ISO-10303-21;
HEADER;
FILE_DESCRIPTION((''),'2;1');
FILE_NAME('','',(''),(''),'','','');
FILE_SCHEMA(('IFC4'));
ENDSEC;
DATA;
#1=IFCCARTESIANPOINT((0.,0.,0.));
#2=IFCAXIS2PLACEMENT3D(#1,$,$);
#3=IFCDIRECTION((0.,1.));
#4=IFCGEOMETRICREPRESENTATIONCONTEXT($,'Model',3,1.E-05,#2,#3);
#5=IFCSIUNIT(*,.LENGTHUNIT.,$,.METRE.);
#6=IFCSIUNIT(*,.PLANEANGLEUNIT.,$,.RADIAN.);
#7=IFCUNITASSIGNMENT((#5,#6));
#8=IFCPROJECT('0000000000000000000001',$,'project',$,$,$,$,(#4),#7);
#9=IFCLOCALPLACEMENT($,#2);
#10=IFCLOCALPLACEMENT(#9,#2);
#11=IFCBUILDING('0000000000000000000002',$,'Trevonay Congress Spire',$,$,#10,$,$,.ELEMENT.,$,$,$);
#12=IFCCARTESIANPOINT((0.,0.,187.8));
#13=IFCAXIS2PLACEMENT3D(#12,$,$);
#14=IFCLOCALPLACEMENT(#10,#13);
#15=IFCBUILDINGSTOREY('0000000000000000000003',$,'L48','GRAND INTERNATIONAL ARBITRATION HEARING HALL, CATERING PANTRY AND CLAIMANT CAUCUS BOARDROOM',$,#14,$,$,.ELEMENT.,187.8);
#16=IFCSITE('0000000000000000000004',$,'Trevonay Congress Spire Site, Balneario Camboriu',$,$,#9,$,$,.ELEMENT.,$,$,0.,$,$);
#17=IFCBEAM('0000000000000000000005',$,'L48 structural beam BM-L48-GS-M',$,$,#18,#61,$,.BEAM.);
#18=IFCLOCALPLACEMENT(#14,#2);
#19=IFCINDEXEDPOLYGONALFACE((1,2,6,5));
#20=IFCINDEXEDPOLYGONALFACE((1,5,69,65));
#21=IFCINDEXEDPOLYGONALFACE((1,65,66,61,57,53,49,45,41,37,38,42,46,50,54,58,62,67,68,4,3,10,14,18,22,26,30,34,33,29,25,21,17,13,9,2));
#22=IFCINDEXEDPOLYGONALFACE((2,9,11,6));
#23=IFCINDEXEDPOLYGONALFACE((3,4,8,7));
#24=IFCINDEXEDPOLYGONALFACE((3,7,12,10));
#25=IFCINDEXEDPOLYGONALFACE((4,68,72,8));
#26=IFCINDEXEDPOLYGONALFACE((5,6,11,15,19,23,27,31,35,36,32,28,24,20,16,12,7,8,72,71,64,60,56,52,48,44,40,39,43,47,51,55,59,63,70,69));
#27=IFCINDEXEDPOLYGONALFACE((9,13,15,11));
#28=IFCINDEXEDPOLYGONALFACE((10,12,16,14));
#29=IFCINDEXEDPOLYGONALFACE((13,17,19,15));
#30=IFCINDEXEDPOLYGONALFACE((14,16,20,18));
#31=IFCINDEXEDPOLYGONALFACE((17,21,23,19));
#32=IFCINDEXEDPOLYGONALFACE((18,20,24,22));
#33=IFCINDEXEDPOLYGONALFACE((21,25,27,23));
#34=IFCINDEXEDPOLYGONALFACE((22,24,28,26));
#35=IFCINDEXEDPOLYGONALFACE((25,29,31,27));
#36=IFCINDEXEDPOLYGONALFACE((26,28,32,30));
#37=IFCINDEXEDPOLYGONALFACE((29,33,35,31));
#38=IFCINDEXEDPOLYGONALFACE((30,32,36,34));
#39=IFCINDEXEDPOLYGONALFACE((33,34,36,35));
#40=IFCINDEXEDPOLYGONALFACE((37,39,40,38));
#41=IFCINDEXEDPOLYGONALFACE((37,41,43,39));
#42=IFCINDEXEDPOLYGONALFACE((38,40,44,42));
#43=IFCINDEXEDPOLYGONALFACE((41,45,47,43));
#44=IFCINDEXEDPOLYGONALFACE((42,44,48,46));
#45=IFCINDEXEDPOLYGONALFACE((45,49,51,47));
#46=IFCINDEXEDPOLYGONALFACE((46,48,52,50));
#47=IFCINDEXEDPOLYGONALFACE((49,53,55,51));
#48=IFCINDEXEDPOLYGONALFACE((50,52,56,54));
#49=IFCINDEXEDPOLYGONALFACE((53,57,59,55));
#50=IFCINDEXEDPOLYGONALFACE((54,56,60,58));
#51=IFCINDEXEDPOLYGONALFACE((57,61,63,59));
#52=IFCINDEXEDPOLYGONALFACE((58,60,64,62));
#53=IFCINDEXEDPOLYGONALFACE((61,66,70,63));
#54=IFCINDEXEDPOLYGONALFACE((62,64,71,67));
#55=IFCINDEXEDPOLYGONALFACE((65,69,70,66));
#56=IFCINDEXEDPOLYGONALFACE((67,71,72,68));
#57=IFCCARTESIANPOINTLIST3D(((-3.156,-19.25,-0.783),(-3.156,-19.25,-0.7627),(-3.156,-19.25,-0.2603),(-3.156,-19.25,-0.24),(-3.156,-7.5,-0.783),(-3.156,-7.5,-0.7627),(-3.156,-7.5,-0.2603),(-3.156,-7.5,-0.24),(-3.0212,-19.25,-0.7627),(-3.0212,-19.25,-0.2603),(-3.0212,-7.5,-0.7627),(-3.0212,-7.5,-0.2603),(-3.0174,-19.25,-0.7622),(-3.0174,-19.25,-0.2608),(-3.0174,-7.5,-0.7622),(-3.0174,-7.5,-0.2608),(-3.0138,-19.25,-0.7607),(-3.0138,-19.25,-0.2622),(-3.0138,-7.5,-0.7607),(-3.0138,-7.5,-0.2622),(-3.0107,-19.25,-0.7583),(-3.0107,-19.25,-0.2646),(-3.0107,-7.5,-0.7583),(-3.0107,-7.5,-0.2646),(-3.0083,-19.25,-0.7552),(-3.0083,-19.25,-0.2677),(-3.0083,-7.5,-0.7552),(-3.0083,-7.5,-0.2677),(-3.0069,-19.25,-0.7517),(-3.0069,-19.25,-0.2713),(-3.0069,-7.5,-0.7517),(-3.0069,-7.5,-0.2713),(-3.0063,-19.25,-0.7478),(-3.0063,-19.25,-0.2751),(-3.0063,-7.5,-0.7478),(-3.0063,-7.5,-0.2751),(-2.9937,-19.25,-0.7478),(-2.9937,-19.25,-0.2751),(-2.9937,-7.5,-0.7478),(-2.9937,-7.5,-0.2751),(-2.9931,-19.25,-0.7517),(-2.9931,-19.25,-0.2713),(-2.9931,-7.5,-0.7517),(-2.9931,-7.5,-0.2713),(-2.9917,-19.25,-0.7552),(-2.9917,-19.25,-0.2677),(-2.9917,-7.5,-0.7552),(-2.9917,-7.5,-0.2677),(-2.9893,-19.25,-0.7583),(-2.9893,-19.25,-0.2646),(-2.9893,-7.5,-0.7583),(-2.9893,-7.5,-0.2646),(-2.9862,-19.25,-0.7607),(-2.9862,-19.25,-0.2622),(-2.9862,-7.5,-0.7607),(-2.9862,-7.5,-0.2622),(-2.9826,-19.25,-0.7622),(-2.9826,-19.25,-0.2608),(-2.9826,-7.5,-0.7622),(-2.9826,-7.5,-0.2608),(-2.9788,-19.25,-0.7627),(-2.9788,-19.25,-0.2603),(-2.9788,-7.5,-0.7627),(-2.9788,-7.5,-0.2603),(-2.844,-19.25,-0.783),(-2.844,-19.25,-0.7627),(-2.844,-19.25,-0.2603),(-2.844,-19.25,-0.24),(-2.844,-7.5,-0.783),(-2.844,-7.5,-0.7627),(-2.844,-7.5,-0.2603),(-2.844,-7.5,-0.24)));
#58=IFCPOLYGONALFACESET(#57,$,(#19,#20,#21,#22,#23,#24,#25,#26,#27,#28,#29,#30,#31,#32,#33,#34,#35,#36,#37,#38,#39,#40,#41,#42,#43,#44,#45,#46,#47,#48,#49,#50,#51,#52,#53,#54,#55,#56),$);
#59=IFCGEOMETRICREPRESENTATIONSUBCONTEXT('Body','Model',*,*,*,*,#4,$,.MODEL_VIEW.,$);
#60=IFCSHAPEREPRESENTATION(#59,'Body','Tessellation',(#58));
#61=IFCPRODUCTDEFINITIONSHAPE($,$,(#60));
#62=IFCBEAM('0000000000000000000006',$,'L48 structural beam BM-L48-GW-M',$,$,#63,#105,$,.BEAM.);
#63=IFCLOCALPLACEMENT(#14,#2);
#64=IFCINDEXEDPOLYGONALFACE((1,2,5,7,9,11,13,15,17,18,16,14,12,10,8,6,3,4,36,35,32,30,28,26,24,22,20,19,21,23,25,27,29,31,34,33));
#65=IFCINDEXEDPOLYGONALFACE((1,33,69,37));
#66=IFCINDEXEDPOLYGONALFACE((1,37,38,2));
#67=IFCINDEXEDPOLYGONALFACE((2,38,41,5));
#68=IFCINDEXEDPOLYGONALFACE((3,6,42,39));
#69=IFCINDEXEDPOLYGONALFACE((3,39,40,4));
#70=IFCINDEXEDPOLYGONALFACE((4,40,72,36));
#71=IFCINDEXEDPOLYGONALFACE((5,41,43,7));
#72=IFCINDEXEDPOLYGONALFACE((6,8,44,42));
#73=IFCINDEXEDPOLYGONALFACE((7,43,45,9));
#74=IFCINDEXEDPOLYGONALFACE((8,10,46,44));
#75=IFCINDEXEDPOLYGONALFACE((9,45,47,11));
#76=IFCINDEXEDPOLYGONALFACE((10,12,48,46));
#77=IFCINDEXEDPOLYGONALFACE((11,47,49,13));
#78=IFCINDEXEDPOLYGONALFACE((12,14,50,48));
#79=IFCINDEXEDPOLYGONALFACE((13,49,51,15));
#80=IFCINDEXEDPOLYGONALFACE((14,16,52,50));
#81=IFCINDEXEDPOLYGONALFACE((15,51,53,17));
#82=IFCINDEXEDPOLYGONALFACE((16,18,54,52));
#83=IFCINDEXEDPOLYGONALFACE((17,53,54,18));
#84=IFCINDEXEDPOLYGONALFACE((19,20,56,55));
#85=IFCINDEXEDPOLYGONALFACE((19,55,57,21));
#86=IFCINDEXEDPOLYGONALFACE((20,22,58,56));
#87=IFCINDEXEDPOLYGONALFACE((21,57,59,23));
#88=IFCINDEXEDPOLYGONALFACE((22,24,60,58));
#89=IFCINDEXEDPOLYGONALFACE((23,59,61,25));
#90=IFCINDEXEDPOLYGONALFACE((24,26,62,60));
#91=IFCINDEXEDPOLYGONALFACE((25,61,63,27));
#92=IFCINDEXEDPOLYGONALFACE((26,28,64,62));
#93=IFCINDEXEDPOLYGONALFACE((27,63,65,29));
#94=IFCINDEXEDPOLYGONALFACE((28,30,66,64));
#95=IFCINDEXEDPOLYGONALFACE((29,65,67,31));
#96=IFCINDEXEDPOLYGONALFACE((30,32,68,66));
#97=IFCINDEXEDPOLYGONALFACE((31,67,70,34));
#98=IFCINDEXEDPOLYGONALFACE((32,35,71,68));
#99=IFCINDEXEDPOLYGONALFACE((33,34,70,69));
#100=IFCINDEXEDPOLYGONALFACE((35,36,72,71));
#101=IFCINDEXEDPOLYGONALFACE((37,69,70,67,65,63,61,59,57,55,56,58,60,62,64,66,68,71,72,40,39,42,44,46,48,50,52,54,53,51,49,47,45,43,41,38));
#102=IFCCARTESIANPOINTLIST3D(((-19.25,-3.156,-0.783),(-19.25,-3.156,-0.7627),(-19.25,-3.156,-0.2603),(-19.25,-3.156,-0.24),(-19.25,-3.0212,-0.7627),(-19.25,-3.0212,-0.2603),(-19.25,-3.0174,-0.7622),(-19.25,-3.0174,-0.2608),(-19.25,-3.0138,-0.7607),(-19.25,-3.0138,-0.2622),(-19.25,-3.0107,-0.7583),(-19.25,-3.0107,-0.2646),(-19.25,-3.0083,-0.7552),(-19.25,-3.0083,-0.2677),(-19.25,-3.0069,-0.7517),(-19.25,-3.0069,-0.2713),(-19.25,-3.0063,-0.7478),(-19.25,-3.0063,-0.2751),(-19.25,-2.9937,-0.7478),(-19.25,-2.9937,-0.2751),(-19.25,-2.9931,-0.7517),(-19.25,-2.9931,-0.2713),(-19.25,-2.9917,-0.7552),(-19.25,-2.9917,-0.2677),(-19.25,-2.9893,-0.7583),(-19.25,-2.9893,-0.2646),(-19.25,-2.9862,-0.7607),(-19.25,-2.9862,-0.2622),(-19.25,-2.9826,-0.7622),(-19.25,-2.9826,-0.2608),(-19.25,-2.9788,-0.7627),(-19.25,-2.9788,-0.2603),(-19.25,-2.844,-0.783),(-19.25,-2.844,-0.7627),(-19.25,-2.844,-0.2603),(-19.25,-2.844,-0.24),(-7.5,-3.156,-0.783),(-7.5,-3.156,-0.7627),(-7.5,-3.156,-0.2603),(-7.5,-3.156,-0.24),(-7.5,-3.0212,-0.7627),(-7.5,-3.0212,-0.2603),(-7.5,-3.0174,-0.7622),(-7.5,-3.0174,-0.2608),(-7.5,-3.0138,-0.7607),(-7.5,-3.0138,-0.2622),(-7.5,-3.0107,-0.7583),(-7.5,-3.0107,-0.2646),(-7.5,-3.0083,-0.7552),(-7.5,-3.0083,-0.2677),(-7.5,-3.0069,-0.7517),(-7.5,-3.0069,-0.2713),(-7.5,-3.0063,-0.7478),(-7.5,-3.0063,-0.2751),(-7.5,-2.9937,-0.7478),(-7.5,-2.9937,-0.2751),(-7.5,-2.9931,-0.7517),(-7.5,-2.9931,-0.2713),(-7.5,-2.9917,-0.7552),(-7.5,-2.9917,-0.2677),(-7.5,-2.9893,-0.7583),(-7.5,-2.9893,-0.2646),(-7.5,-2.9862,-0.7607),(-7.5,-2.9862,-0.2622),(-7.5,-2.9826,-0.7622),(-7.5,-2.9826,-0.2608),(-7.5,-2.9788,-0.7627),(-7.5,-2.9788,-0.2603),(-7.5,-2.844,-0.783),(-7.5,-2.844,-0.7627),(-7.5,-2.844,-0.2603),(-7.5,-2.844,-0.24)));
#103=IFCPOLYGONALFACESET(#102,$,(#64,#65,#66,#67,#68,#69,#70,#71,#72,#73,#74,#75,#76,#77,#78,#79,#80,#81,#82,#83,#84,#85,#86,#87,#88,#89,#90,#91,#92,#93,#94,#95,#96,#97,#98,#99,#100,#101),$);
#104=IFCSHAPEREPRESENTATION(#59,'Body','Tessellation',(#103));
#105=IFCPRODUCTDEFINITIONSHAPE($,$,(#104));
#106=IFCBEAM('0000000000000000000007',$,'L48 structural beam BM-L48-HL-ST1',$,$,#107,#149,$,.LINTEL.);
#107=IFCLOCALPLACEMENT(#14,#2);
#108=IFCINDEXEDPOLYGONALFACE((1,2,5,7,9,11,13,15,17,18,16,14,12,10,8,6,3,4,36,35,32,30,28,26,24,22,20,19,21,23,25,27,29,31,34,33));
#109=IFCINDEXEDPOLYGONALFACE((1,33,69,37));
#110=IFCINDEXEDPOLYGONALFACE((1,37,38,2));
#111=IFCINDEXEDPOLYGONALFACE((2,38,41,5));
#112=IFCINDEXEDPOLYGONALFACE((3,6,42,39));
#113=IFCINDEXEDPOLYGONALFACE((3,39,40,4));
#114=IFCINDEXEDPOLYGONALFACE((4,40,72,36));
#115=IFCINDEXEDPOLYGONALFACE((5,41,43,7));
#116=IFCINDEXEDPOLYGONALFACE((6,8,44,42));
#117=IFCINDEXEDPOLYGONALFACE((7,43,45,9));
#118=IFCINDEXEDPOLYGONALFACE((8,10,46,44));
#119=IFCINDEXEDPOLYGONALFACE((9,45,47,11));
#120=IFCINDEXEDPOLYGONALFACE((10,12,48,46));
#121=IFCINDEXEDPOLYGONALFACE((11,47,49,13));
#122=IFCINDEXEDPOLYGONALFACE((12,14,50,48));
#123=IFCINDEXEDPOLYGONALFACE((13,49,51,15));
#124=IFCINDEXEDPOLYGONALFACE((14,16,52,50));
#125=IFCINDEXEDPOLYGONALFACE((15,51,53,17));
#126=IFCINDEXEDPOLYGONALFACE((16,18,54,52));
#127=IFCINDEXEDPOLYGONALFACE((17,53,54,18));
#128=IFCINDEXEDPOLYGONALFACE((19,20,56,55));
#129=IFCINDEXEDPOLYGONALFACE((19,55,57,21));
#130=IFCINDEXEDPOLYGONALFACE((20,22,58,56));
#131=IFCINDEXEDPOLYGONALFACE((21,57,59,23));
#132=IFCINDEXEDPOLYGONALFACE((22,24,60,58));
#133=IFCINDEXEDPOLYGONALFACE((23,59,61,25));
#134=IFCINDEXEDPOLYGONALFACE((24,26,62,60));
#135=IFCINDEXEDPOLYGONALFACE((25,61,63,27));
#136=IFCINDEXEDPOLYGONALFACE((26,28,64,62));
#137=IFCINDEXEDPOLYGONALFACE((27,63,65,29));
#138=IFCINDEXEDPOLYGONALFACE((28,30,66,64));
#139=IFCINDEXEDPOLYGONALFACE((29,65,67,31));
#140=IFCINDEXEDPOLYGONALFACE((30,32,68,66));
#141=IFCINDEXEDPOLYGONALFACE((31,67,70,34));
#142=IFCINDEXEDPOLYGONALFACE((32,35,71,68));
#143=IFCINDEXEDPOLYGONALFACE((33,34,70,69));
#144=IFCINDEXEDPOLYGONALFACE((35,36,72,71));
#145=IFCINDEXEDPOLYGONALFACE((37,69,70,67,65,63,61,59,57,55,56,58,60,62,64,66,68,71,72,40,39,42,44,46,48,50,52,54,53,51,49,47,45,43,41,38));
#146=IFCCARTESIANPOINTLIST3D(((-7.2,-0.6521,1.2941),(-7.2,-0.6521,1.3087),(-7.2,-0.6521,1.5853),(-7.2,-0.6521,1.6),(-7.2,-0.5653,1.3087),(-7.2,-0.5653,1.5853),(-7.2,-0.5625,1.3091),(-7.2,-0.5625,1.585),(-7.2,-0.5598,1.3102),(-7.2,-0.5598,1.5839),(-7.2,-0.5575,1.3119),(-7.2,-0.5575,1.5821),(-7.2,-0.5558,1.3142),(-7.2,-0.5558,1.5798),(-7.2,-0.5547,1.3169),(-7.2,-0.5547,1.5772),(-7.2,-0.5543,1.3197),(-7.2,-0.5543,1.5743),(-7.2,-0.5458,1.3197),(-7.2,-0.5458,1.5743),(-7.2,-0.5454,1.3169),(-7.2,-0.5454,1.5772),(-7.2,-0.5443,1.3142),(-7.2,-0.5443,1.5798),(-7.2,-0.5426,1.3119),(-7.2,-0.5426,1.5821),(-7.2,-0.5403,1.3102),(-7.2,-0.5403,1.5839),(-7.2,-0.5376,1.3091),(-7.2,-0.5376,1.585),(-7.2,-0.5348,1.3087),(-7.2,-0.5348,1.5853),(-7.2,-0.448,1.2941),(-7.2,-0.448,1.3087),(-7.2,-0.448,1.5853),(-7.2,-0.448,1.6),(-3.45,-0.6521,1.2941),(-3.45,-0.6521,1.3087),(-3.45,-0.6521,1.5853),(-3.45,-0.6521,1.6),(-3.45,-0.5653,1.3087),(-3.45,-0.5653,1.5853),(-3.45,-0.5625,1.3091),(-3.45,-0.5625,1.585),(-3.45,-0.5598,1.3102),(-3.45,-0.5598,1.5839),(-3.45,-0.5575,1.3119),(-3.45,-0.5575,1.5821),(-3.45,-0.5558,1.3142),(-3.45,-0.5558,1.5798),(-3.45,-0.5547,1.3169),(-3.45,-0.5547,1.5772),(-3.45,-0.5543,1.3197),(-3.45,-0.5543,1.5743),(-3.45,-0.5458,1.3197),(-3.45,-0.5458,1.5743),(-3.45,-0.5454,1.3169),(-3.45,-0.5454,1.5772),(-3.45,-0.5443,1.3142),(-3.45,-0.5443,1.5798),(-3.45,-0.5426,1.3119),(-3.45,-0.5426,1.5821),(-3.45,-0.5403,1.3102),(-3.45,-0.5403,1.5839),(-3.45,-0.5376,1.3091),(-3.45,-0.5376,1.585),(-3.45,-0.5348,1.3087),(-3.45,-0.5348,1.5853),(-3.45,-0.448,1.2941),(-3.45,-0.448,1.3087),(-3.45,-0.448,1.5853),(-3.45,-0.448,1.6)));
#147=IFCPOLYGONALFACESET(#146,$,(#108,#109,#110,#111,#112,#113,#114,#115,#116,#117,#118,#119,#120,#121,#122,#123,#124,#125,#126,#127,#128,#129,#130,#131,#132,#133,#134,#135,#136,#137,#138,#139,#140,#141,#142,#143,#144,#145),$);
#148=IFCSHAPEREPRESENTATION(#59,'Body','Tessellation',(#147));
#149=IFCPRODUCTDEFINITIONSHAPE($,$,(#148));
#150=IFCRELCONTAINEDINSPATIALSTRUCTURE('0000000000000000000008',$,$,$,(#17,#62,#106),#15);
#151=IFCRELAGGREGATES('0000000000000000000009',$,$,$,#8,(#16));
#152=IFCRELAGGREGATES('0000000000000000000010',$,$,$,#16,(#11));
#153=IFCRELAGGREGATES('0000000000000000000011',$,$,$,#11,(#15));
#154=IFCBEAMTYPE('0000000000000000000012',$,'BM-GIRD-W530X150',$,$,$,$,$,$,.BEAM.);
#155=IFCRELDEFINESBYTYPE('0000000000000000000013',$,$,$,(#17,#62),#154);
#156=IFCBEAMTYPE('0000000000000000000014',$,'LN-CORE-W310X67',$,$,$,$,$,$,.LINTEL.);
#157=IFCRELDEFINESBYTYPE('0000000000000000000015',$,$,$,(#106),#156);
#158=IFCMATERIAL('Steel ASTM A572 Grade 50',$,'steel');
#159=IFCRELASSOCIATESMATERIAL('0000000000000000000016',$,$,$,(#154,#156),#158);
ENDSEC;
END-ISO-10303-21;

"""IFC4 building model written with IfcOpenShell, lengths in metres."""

from ifc_helpers import new_model, si_unit, direction, frame, origin, origin_2d, place, context, subcontext, project, spatial, i_section, extrude, material, material_profile, profile_set, type_object, element, save


model = new_model("IFC4")

# Units and contexts
model_context = context("Model", 3, precision=1e-05, world=origin(), true_north=direction((0.0, 1.0)))
body_context = subcontext(model_context, "Body", "Model", "MODEL_VIEW")
ifc_project = project(units=[si_unit("LENGTHUNIT", "METRE"), si_unit("PLANEANGLEUNIT", "RADIAN")], contexts=[model_context])

# Site, building, storey
site_placement = place(None, origin())
site = spatial("IfcSite", under=ifc_project, at=site_placement, Name="Trevonay Congress Spire Site, Balneario Camboriu", CompositionType="ELEMENT", RefElevation=0.0)
building_placement = place(site_placement, origin())
building = spatial("IfcBuilding", under=site, at=building_placement, Name="Trevonay Congress Spire", CompositionType="ELEMENT")
storey_placement = place(building_placement, frame((0.0, 0.0, 187.8)))
storey = spatial("IfcBuildingStorey", under=building, at=storey_placement, Name="L48", Description="GRAND INTERNATIONAL ARBITRATION HEARING HALL, CATERING PANTRY AND CLAIMANT CAUCUS BOARDROOM", CompositionType="ELEMENT", Elevation=187.8)

# Shared definitions
ifc_material_1 = material(Name="Steel ASTM A572 Grade 50", Category="steel")

# Beams
ifc_material_profile_1 = material_profile(ifc_material_1, i_section(OverallWidth=0.312, OverallDepth=0.543, WebThickness=0.0127, FlangeThickness=0.0203, FilletRadius=0.0149, at=origin_2d()), Name="W530x150")
ifc_profile_set_1 = profile_set([ifc_material_profile_1], Name="Steel ASTM A572 Grade 50")
beam_type_1 = type_object("IfcBeamType", Name="BM-GIRD-W530X150", PredefinedType="BEAM", material=ifc_profile_set_1)
for number, where, z_axis, x_axis, name in (
    (1, (-3.0, -7.5, -0.5115), (0.0, -1.0, 0.0), (1.0, 0.0, 0.0), "L48 structural beam BM-L48-GS-M"),
    (2, (-7.5, -3.0, -0.5115), (-1.0, 0.0, 0.0), (0.0, -1.0, 0.0), "L48 structural beam BM-L48-GW-M"),
):
    element("IfcBeam", number, at=place(storey_placement, frame(where, z_axis=z_axis, x_axis=x_axis)), inside=storey, type_object=beam_type_1, Name=name, PredefinedType="BEAM", context=body_context, shape_type="SweptSolid", body=[
        extrude(i_section(OverallWidth=0.312, OverallDepth=0.543, WebThickness=0.0127, FlangeThickness=0.0203, FilletRadius=0.0149, at=origin_2d()), origin(), (0.0, 0.0, 1.0), 11.75),
    ])
ifc_material_profile_2 = material_profile(ifc_material_1, i_section(OverallWidth=0.2041, OverallDepth=0.3059, WebThickness=0.0085, FlangeThickness=0.0146, FilletRadius=0.011, at=origin_2d()), Name="W310x67")
ifc_profile_set_2 = profile_set([ifc_material_profile_2], Name="Steel ASTM A572 Grade 50")
beam_type_2 = type_object("IfcBeamType", Name="LN-CORE-W310X67", PredefinedType="LINTEL", material=ifc_profile_set_2)
beam_1_placement = place(storey_placement, frame((-7.2, -0.55, 1.447), z_axis=(1.0, 0.0, 0.0), x_axis=(0.0, 1.0, 0.0)))
element("IfcBeam", 3, at=beam_1_placement, inside=storey, type_object=beam_type_2, Name="L48 structural beam BM-L48-HL-ST1", PredefinedType="LINTEL", context=body_context, shape_type="SweptSolid", body=[
    extrude(i_section(OverallWidth=0.2041, OverallDepth=0.3059, WebThickness=0.0085, FlangeThickness=0.0146, FilletRadius=0.011, at=origin_2d()), origin(), (0.0, 0.0, 1.0), 3.75),
])

save(model, "model.ifc")
